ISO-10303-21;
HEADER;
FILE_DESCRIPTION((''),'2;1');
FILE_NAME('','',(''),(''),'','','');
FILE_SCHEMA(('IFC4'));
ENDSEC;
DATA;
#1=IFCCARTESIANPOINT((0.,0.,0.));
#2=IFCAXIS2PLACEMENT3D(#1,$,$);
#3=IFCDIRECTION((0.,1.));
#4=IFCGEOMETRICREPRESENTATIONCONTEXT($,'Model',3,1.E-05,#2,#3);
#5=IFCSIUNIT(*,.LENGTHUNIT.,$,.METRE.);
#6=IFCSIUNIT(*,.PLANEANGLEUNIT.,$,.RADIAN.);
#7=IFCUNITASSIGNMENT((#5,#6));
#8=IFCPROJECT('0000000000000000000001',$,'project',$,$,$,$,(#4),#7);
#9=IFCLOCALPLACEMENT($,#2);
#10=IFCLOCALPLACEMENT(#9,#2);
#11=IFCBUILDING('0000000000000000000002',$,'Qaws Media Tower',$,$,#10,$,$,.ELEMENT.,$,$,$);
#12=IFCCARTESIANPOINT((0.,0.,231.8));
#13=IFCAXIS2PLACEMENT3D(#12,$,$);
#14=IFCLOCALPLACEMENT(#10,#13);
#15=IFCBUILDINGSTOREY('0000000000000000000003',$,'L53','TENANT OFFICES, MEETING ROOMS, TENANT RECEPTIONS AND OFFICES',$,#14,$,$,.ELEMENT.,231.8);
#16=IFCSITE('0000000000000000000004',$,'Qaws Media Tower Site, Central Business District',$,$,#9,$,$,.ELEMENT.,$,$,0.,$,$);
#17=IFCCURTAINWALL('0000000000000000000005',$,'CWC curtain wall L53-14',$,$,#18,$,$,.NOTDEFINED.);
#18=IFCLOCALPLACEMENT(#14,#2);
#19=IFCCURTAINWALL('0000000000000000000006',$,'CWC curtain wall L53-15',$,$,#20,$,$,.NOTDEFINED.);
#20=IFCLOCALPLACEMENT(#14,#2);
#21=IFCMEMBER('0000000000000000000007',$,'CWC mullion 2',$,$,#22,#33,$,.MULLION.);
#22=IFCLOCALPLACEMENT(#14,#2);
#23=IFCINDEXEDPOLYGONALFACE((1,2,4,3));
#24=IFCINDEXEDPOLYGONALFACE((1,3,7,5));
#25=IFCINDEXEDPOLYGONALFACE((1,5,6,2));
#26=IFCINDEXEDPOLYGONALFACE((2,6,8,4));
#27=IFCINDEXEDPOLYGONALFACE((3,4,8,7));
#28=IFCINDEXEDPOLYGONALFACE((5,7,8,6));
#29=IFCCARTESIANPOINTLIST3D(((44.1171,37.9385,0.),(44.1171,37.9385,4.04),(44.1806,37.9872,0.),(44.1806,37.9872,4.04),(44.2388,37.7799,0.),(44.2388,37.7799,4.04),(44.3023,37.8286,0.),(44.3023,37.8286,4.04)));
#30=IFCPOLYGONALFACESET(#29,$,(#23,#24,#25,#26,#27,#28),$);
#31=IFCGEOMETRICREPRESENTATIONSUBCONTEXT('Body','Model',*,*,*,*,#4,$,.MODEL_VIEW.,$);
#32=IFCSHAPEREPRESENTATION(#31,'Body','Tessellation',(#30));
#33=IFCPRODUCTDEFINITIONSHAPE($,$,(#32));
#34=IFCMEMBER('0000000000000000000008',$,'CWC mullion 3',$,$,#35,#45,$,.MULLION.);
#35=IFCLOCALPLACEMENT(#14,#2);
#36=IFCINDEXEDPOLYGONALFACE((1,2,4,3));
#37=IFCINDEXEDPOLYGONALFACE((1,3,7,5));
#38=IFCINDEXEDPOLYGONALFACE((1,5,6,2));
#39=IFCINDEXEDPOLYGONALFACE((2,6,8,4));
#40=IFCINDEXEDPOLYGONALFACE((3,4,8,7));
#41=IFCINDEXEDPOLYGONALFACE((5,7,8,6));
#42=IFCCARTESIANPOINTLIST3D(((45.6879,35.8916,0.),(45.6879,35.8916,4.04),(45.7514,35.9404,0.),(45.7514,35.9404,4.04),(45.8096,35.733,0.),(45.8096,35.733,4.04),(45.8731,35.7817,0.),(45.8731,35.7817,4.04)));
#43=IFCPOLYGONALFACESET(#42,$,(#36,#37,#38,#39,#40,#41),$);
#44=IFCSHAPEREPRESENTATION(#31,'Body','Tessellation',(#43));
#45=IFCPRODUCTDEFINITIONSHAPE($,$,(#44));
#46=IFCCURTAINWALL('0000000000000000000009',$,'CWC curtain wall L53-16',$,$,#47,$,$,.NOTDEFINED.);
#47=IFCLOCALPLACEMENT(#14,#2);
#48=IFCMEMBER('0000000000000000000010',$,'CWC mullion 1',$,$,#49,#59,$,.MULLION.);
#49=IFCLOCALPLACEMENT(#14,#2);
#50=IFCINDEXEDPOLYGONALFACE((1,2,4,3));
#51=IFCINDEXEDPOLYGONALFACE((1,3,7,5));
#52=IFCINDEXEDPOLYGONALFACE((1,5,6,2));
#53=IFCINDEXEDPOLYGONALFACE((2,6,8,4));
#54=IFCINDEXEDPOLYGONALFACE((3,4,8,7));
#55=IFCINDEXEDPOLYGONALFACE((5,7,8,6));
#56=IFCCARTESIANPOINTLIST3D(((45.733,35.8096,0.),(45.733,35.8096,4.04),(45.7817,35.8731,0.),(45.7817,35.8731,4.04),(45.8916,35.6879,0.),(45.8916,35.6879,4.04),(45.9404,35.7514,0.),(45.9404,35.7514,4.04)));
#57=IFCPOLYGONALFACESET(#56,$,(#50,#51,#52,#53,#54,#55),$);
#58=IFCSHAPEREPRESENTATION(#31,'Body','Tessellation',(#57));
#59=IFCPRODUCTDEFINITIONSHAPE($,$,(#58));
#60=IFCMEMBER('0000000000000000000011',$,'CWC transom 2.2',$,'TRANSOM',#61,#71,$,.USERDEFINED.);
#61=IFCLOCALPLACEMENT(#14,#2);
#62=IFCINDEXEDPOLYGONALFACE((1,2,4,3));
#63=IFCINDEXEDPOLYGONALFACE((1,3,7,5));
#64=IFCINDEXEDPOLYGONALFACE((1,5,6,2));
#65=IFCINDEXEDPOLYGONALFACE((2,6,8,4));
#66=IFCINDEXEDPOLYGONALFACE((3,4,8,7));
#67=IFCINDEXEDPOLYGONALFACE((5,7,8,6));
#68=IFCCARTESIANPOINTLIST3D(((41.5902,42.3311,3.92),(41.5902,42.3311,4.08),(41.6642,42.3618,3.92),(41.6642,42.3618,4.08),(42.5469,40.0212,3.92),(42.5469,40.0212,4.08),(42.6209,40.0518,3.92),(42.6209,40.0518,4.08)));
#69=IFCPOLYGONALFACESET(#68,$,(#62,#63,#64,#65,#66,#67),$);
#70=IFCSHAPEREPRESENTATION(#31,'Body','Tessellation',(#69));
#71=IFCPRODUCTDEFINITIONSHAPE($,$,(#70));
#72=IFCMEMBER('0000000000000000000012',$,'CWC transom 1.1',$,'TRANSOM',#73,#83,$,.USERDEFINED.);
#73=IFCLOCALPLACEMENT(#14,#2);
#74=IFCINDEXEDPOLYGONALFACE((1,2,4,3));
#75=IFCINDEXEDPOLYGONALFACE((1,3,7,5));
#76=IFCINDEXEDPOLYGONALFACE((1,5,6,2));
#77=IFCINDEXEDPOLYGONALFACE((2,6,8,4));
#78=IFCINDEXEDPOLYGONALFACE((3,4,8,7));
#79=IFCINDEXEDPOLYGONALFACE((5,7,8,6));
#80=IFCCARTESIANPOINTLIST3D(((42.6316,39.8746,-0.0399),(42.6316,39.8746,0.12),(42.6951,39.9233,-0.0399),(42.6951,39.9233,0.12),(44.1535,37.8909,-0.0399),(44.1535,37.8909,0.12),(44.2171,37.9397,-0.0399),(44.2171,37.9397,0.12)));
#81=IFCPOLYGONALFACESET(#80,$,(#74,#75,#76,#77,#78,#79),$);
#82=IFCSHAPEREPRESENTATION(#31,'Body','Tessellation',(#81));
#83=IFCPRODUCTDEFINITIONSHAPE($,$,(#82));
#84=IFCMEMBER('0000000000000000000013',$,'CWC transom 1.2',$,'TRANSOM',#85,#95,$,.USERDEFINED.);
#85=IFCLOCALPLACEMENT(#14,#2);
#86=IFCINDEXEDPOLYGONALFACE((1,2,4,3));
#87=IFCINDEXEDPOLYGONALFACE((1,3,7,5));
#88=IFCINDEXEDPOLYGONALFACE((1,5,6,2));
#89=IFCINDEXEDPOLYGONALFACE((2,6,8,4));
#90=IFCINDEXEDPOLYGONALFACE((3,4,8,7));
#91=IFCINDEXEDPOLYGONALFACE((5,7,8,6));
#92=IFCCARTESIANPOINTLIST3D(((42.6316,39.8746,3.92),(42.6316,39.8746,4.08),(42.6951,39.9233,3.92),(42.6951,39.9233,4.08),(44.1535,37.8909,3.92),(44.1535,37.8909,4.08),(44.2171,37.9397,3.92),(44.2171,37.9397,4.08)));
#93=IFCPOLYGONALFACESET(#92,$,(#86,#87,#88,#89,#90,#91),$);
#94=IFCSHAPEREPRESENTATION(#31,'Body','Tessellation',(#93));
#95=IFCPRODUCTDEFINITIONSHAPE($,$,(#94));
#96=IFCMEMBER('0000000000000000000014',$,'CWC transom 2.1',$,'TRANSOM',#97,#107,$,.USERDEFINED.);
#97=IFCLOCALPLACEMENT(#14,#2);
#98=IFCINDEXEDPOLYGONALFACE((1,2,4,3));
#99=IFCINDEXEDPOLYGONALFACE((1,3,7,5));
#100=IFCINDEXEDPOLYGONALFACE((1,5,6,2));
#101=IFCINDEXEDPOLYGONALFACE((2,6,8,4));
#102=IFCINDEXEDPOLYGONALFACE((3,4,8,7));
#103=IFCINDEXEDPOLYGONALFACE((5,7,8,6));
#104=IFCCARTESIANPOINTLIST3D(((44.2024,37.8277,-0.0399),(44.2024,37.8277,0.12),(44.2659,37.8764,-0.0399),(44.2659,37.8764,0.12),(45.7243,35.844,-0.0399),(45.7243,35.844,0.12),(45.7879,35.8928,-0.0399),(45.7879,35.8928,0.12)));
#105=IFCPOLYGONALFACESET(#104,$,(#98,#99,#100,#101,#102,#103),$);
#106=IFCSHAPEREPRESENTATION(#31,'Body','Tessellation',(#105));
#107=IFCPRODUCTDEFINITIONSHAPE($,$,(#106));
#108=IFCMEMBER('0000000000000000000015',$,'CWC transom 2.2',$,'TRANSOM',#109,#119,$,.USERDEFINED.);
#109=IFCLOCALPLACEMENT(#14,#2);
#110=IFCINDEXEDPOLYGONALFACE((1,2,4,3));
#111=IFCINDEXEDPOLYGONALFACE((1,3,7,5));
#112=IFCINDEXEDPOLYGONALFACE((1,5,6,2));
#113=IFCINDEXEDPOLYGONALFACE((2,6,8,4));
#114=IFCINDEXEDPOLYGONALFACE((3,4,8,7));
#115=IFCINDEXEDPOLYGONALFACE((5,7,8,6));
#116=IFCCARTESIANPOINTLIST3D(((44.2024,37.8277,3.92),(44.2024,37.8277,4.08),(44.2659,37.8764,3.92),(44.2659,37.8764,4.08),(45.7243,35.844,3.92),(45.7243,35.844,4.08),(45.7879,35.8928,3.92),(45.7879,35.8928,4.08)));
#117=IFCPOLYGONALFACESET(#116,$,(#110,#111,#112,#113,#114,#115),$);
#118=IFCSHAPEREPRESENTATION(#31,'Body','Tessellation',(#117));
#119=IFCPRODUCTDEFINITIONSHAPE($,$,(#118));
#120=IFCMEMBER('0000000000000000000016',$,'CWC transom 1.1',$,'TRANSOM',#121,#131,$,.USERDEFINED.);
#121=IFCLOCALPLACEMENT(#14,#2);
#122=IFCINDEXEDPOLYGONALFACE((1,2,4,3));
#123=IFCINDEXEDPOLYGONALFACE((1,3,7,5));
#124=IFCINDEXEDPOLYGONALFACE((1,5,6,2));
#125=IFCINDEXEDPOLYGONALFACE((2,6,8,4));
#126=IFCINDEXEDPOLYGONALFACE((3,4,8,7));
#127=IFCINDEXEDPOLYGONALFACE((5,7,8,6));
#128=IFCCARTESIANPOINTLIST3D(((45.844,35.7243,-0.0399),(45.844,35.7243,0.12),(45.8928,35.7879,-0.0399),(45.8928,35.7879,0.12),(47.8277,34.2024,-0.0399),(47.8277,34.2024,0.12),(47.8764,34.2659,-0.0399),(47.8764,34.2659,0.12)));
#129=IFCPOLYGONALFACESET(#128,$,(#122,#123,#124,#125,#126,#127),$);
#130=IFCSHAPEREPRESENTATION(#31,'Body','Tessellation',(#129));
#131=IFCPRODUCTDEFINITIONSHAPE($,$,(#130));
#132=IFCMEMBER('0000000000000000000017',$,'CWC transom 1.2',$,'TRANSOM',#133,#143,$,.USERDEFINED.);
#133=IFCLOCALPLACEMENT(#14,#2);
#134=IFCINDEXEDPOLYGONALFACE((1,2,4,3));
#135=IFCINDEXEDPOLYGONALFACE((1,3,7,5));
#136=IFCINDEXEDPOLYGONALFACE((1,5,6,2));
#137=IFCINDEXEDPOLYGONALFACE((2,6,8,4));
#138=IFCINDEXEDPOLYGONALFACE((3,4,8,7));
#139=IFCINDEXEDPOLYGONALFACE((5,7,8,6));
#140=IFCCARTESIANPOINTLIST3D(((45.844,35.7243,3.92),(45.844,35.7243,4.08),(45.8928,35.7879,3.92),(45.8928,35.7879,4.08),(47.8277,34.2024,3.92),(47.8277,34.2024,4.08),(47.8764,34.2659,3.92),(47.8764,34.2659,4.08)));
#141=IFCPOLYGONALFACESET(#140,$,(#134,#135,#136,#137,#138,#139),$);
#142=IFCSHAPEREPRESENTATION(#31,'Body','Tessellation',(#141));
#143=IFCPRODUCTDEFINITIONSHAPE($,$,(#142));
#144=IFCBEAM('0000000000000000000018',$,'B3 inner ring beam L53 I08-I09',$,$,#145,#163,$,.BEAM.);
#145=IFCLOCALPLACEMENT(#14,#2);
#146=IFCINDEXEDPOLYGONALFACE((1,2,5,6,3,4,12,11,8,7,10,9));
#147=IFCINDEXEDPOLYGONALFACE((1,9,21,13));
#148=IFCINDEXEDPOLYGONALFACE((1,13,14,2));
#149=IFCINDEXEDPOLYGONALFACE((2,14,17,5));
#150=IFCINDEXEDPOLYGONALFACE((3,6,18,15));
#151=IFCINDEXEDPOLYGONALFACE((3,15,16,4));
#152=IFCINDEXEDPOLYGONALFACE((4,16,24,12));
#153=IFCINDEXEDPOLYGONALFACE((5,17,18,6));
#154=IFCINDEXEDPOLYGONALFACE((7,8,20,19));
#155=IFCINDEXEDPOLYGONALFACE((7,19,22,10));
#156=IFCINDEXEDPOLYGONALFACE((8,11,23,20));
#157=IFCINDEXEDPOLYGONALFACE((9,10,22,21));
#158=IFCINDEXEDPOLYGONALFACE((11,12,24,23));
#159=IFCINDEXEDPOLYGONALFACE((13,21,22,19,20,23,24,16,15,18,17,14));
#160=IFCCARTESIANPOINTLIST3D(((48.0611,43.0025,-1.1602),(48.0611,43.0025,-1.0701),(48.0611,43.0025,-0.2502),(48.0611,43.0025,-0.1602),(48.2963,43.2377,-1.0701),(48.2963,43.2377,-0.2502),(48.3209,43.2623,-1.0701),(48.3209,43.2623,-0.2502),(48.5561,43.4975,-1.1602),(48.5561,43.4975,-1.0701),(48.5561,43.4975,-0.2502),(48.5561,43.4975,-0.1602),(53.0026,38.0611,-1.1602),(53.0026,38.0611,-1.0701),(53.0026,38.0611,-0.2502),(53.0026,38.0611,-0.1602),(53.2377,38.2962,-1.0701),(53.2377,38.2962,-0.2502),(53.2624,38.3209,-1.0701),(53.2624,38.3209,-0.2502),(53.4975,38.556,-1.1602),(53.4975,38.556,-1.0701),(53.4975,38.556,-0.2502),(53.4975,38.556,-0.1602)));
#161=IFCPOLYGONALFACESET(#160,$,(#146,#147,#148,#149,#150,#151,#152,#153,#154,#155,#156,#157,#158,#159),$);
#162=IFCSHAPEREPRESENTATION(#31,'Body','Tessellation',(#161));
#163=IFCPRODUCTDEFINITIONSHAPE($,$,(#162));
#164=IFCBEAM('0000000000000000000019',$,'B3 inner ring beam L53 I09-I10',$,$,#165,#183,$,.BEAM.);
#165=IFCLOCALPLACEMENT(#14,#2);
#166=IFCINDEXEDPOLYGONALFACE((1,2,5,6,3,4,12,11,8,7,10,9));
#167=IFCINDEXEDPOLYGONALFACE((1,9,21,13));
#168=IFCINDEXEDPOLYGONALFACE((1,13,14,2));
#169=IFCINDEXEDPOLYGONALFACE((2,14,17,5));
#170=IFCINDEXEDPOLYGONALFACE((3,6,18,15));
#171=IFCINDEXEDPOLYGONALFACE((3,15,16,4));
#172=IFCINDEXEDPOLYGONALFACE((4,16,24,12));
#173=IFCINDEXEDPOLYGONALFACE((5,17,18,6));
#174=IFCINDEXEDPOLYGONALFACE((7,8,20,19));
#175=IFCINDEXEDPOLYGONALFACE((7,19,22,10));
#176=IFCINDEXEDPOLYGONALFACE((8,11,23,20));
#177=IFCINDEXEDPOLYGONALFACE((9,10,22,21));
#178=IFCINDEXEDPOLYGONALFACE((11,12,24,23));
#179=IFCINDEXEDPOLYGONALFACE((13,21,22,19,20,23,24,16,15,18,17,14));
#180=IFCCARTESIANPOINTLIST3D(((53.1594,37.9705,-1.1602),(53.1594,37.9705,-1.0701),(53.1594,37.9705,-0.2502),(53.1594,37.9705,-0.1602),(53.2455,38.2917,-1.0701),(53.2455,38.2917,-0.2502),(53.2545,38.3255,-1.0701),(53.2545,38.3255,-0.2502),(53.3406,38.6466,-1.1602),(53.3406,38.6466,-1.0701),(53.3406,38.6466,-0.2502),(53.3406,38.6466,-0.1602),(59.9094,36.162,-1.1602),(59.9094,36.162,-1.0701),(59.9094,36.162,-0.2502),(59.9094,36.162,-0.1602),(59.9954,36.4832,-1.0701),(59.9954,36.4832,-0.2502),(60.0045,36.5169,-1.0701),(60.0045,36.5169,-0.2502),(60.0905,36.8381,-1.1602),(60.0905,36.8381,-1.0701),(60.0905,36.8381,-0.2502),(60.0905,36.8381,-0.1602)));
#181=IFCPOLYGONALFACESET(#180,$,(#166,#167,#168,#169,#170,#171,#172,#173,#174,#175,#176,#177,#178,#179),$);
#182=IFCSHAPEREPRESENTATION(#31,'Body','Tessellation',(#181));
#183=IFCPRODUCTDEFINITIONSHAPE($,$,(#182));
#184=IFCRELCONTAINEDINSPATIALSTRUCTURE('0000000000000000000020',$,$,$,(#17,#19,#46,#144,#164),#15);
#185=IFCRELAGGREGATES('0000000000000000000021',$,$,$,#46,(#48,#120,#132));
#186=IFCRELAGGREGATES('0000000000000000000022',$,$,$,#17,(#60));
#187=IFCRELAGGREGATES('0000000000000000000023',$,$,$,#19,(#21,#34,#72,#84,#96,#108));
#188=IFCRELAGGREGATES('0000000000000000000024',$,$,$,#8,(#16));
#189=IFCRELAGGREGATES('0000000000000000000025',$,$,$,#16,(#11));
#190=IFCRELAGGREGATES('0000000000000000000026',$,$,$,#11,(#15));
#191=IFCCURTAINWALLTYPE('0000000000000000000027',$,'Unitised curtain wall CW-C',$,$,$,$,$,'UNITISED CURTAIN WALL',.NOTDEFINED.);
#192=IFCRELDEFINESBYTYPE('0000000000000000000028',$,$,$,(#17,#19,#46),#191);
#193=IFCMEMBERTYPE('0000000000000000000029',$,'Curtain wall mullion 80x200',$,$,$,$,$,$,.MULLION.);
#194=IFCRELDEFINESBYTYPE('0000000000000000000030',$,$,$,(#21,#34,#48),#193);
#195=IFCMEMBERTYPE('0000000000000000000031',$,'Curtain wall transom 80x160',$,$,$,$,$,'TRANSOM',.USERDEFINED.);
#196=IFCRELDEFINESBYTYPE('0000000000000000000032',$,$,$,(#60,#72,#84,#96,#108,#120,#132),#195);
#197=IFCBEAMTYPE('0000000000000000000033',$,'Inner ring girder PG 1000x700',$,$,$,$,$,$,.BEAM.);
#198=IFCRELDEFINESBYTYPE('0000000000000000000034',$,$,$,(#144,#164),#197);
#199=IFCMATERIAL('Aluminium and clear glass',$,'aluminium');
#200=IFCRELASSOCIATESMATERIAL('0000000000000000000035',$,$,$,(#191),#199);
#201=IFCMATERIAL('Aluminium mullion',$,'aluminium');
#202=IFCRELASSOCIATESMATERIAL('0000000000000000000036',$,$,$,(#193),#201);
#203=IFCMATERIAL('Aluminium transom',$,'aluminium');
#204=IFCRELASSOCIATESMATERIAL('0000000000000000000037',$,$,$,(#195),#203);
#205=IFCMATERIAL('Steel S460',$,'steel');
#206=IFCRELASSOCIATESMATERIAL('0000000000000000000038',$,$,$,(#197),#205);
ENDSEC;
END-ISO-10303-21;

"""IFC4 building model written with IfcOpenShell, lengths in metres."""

from ifc_helpers import new_model, si_unit, direction, frame, origin, origin_2d, place, context, subcontext, project, spatial, rectangle, i_section, extrude, material, material_profile, profile_set, type_object, element, aggregate, save


model = new_model("IFC4")

# Units and contexts
model_context = context("Model", 3, precision=1e-05, world=origin(), true_north=direction((0.0, 1.0)))
body_context = subcontext(model_context, "Body", "Model", "MODEL_VIEW")
ifc_project = project(units=[si_unit("LENGTHUNIT", "METRE"), si_unit("PLANEANGLEUNIT", "RADIAN")], contexts=[model_context])

# Site, building, storey
site_placement = place(None, origin())
site = spatial("IfcSite", under=ifc_project, at=site_placement, Name="Qaws Media Tower Site, Central Business District", CompositionType="ELEMENT", RefElevation=0.0)
building_placement = place(site_placement, origin())
building = spatial("IfcBuilding", under=site, at=building_placement, Name="Qaws Media Tower", CompositionType="ELEMENT")
storey_placement = place(building_placement, frame((0.0, 0.0, 231.8)))
storey = spatial("IfcBuildingStorey", under=building, at=storey_placement, Name="L53", Description="TENANT OFFICES, MEETING ROOMS, TENANT RECEPTIONS AND OFFICES", CompositionType="ELEMENT", Elevation=231.8)

# Curtain wall
ifc_material_1 = material(Name="Aluminium and clear glass", Category="aluminium")
curtain_wall_type = type_object("IfcCurtainWallType", Name="Unitised curtain wall CW-C", ElementType="UNITISED CURTAIN WALL", PredefinedType="NOTDEFINED", material=ifc_material_1)
curtain_wall_1_placement = place(storey_placement, origin())
curtain_wall_1 = element("IfcCurtainWall", 1, at=curtain_wall_1_placement, inside=storey, type_object=curtain_wall_type, Name="CWC curtain wall L53-14", PredefinedType="NOTDEFINED")
ifc_material_2 = material(Name="Aluminium mullion", Category="aluminium")
ifc_material_profile_1 = material_profile(ifc_material_2, rectangle(XDim=0.0801, YDim=0.2, at=origin_2d()), Name="80x200")
ifc_profile_set_1 = profile_set([ifc_material_profile_1], Name="Aluminium mullion")
member_type_1 = type_object("IfcMemberType", Name="Curtain wall mullion 80x200", PredefinedType="MULLION", material=ifc_profile_set_1)

# Curtain wall, members
curtain_wall_2_placement = place(storey_placement, origin())
curtain_wall_2 = element("IfcCurtainWall", 2, at=curtain_wall_2_placement, inside=storey, type_object=curtain_wall_type, Name="CWC curtain wall L53-15", PredefinedType="NOTDEFINED")
member_1_placement = place(storey_placement, frame((44.2097, 37.8835, 0.0), z_axis=(0.0, 0.0, 1.0), x_axis=(0.793353, 0.608761, 0.0)))
member_1 = element("IfcMember", 3, at=member_1_placement, type_object=member_type_1, Name="CWC mullion 2", PredefinedType="MULLION", context=body_context, shape_type="SweptSolid", body=[
    extrude(rectangle(XDim=0.0801, YDim=0.2, at=origin_2d()), origin(), (0.0, 0.0, 1.0), 4.04),
])
member_2_placement = place(storey_placement, frame((45.7805, 35.8367, 0.0), z_axis=(0.0, 0.0, 1.0), x_axis=(0.793353, 0.608761, 0.0)))
member_2 = element("IfcMember", 4, at=member_2_placement, type_object=member_type_1, Name="CWC mullion 3", PredefinedType="MULLION", context=body_context, shape_type="SweptSolid", body=[
    extrude(rectangle(XDim=0.0801, YDim=0.2, at=origin_2d()), origin(), (0.0, 0.0, 1.0), 4.04),
])

# Curtain wall, member
curtain_wall_3_placement = place(storey_placement, origin())
curtain_wall_3 = element("IfcCurtainWall", 5, at=curtain_wall_3_placement, inside=storey, type_object=curtain_wall_type, Name="CWC curtain wall L53-16", PredefinedType="NOTDEFINED")
member_3_placement = place(storey_placement, frame((45.8367, 35.7805, 0.0), z_axis=(0.0, 0.0, 1.0), x_axis=(0.608761, 0.793353, 0.0)))
member_3 = element("IfcMember", 6, at=member_3_placement, type_object=member_type_1, Name="CWC mullion 1", PredefinedType="MULLION", context=body_context, shape_type="SweptSolid", body=[
    extrude(rectangle(XDim=0.0801, YDim=0.2, at=origin_2d()), origin(), (0.0, 0.0, 1.0), 4.04),
])

# Members
ifc_material_3 = material(Name="Aluminium transom", Category="aluminium")
ifc_material_profile_2 = material_profile(ifc_material_3, rectangle(XDim=0.0801, YDim=0.1599, at=origin_2d()), Name="80x160")
ifc_profile_set_2 = profile_set([ifc_material_profile_2], Name="Aluminium transom")
member_type_2 = type_object("IfcMemberType", Name="Curtain wall transom 80x160", ElementType="TRANSOM", PredefinedType="USERDEFINED", material=ifc_profile_set_2)
member_4_placement = place(storey_placement, frame((41.6272, 42.3464, 4.0), z_axis=(0.382659, -0.923889, 0.0), x_axis=(0.923889, 0.382659, 0.0)))
member_4 = element("IfcMember", 7, at=member_4_placement, type_object=member_type_2, Name="CWC transom 2.2", ObjectType="TRANSOM", PredefinedType="USERDEFINED", context=body_context, shape_type="SweptSolid", body=[
    extrude(rectangle(XDim=0.0801, YDim=0.1599, at=origin_2d()), origin(), (0.0, 0.0, 1.0), 2.5002),
])
member_5_placement = place(storey_placement, frame((42.6633, 39.8989, 0.04), z_axis=(0.608729, -0.793378, 0.0), x_axis=(0.793378, 0.608729, 0.0)))
member_5 = element("IfcMember", 8, at=member_5_placement, type_object=member_type_2, Name="CWC transom 1.1", ObjectType="TRANSOM", PredefinedType="USERDEFINED", context=body_context, shape_type="SweptSolid", body=[
    extrude(rectangle(XDim=0.0801, YDim=0.1599, at=origin_2d()), origin(), (0.0, 0.0, 1.0), 2.5002),
])
member_6_placement = place(storey_placement, frame((42.6633, 39.8989, 4.0), z_axis=(0.608729, -0.793378, 0.0), x_axis=(0.793378, 0.608729, 0.0)))
member_6 = element("IfcMember", 9, at=member_6_placement, type_object=member_type_2, Name="CWC transom 1.2", ObjectType="TRANSOM", PredefinedType="USERDEFINED", context=body_context, shape_type="SweptSolid", body=[
    extrude(rectangle(XDim=0.0801, YDim=0.1599, at=origin_2d()), origin(), (0.0, 0.0, 1.0), 2.5002),
])
member_7_placement = place(storey_placement, frame((44.2341, 37.8521, 0.04), z_axis=(0.608729, -0.793378, 0.0), x_axis=(0.793378, 0.608729, 0.0)))
member_7 = element("IfcMember", 10, at=member_7_placement, type_object=member_type_2, Name="CWC transom 2.1", ObjectType="TRANSOM", PredefinedType="USERDEFINED", context=body_context, shape_type="SweptSolid", body=[
    extrude(rectangle(XDim=0.0801, YDim=0.1599, at=origin_2d()), origin(), (0.0, 0.0, 1.0), 2.5002),
])
member_8_placement = place(storey_placement, frame((44.2341, 37.8521, 4.0), z_axis=(0.608729, -0.793378, 0.0), x_axis=(0.793378, 0.608729, 0.0)))
member_8 = element("IfcMember", 11, at=member_8_placement, type_object=member_type_2, Name="CWC transom 2.2", ObjectType="TRANSOM", PredefinedType="USERDEFINED", context=body_context, shape_type="SweptSolid", body=[
    extrude(rectangle(XDim=0.0801, YDim=0.1599, at=origin_2d()), origin(), (0.0, 0.0, 1.0), 2.5002),
])
member_9_placement = place(storey_placement, frame((45.8684, 35.7561, 0.04), z_axis=(0.793378, -0.608729, 0.0), x_axis=(0.608729, 0.793378, 0.0)))
member_9 = element("IfcMember", 12, at=member_9_placement, type_object=member_type_2, Name="CWC transom 1.1", ObjectType="TRANSOM", PredefinedType="USERDEFINED", context=body_context, shape_type="SweptSolid", body=[
    extrude(rectangle(XDim=0.0801, YDim=0.1599, at=origin_2d()), origin(), (0.0, 0.0, 1.0), 2.5002),
])
member_10_placement = place(storey_placement, frame((45.8684, 35.7561, 4.0), z_axis=(0.793378, -0.608729, 0.0), x_axis=(0.608729, 0.793378, 0.0)))
member_10 = element("IfcMember", 13, at=member_10_placement, type_object=member_type_2, Name="CWC transom 1.2", ObjectType="TRANSOM", PredefinedType="USERDEFINED", context=body_context, shape_type="SweptSolid", body=[
    extrude(rectangle(XDim=0.0801, YDim=0.1599, at=origin_2d()), origin(), (0.0, 0.0, 1.0), 2.5002),
])
aggregate(curtain_wall_3, [member_3, member_9, member_10])

# Beams
ifc_material_4 = material(Name="Steel S460", Category="steel")
ifc_material_profile_3 = material_profile(ifc_material_4, i_section(OverallWidth=0.7, OverallDepth=1.0, WebThickness=0.0349, FlangeThickness=0.0901, at=origin_2d()), Name="PG 1000x700")
ifc_profile_set_3 = profile_set([ifc_material_profile_3], Name="Steel S460")
beam_type_1 = type_object("IfcBeamType", Name="Inner ring girder PG 1000x700", PredefinedType="BEAM", material=ifc_profile_set_3)
beam_1_placement = place(storey_placement, frame((48.3086, 43.25, -0.6602), z_axis=(0.707107, -0.707107, 0.0), x_axis=(0.707107, 0.707107, 0.0)))
element("IfcBeam", 14, at=beam_1_placement, inside=storey, type_object=beam_type_1, Name="B3 inner ring beam L53 I08-I09", PredefinedType="BEAM", context=body_context, shape_type="SweptSolid", body=[
    extrude(i_section(OverallWidth=0.7, OverallDepth=1.0, WebThickness=0.0349, FlangeThickness=0.0901, at=origin_2d()), origin(), (0.0, 0.0, 1.0), 6.9883),
])
beam_2_placement = place(storey_placement, frame((53.25, 38.3086, -0.6602), z_axis=(0.965928, -0.258811, 0.0), x_axis=(0.258811, 0.965928, 0.0)))
element("IfcBeam", 15, at=beam_2_placement, inside=storey, type_object=beam_type_1, Name="B3 inner ring beam L53 I09-I10", PredefinedType="BEAM", context=body_context, shape_type="SweptSolid", body=[
    extrude(i_section(OverallWidth=0.7, OverallDepth=1.0, WebThickness=0.0349, FlangeThickness=0.0901, at=origin_2d()), origin(), (0.0, 0.0, 1.0), 6.988),
])

aggregate(curtain_wall_1, [member_4])
aggregate(curtain_wall_2, [member_1, member_2, member_5, member_6, member_7, member_8])

save(model, "model.ifc")
